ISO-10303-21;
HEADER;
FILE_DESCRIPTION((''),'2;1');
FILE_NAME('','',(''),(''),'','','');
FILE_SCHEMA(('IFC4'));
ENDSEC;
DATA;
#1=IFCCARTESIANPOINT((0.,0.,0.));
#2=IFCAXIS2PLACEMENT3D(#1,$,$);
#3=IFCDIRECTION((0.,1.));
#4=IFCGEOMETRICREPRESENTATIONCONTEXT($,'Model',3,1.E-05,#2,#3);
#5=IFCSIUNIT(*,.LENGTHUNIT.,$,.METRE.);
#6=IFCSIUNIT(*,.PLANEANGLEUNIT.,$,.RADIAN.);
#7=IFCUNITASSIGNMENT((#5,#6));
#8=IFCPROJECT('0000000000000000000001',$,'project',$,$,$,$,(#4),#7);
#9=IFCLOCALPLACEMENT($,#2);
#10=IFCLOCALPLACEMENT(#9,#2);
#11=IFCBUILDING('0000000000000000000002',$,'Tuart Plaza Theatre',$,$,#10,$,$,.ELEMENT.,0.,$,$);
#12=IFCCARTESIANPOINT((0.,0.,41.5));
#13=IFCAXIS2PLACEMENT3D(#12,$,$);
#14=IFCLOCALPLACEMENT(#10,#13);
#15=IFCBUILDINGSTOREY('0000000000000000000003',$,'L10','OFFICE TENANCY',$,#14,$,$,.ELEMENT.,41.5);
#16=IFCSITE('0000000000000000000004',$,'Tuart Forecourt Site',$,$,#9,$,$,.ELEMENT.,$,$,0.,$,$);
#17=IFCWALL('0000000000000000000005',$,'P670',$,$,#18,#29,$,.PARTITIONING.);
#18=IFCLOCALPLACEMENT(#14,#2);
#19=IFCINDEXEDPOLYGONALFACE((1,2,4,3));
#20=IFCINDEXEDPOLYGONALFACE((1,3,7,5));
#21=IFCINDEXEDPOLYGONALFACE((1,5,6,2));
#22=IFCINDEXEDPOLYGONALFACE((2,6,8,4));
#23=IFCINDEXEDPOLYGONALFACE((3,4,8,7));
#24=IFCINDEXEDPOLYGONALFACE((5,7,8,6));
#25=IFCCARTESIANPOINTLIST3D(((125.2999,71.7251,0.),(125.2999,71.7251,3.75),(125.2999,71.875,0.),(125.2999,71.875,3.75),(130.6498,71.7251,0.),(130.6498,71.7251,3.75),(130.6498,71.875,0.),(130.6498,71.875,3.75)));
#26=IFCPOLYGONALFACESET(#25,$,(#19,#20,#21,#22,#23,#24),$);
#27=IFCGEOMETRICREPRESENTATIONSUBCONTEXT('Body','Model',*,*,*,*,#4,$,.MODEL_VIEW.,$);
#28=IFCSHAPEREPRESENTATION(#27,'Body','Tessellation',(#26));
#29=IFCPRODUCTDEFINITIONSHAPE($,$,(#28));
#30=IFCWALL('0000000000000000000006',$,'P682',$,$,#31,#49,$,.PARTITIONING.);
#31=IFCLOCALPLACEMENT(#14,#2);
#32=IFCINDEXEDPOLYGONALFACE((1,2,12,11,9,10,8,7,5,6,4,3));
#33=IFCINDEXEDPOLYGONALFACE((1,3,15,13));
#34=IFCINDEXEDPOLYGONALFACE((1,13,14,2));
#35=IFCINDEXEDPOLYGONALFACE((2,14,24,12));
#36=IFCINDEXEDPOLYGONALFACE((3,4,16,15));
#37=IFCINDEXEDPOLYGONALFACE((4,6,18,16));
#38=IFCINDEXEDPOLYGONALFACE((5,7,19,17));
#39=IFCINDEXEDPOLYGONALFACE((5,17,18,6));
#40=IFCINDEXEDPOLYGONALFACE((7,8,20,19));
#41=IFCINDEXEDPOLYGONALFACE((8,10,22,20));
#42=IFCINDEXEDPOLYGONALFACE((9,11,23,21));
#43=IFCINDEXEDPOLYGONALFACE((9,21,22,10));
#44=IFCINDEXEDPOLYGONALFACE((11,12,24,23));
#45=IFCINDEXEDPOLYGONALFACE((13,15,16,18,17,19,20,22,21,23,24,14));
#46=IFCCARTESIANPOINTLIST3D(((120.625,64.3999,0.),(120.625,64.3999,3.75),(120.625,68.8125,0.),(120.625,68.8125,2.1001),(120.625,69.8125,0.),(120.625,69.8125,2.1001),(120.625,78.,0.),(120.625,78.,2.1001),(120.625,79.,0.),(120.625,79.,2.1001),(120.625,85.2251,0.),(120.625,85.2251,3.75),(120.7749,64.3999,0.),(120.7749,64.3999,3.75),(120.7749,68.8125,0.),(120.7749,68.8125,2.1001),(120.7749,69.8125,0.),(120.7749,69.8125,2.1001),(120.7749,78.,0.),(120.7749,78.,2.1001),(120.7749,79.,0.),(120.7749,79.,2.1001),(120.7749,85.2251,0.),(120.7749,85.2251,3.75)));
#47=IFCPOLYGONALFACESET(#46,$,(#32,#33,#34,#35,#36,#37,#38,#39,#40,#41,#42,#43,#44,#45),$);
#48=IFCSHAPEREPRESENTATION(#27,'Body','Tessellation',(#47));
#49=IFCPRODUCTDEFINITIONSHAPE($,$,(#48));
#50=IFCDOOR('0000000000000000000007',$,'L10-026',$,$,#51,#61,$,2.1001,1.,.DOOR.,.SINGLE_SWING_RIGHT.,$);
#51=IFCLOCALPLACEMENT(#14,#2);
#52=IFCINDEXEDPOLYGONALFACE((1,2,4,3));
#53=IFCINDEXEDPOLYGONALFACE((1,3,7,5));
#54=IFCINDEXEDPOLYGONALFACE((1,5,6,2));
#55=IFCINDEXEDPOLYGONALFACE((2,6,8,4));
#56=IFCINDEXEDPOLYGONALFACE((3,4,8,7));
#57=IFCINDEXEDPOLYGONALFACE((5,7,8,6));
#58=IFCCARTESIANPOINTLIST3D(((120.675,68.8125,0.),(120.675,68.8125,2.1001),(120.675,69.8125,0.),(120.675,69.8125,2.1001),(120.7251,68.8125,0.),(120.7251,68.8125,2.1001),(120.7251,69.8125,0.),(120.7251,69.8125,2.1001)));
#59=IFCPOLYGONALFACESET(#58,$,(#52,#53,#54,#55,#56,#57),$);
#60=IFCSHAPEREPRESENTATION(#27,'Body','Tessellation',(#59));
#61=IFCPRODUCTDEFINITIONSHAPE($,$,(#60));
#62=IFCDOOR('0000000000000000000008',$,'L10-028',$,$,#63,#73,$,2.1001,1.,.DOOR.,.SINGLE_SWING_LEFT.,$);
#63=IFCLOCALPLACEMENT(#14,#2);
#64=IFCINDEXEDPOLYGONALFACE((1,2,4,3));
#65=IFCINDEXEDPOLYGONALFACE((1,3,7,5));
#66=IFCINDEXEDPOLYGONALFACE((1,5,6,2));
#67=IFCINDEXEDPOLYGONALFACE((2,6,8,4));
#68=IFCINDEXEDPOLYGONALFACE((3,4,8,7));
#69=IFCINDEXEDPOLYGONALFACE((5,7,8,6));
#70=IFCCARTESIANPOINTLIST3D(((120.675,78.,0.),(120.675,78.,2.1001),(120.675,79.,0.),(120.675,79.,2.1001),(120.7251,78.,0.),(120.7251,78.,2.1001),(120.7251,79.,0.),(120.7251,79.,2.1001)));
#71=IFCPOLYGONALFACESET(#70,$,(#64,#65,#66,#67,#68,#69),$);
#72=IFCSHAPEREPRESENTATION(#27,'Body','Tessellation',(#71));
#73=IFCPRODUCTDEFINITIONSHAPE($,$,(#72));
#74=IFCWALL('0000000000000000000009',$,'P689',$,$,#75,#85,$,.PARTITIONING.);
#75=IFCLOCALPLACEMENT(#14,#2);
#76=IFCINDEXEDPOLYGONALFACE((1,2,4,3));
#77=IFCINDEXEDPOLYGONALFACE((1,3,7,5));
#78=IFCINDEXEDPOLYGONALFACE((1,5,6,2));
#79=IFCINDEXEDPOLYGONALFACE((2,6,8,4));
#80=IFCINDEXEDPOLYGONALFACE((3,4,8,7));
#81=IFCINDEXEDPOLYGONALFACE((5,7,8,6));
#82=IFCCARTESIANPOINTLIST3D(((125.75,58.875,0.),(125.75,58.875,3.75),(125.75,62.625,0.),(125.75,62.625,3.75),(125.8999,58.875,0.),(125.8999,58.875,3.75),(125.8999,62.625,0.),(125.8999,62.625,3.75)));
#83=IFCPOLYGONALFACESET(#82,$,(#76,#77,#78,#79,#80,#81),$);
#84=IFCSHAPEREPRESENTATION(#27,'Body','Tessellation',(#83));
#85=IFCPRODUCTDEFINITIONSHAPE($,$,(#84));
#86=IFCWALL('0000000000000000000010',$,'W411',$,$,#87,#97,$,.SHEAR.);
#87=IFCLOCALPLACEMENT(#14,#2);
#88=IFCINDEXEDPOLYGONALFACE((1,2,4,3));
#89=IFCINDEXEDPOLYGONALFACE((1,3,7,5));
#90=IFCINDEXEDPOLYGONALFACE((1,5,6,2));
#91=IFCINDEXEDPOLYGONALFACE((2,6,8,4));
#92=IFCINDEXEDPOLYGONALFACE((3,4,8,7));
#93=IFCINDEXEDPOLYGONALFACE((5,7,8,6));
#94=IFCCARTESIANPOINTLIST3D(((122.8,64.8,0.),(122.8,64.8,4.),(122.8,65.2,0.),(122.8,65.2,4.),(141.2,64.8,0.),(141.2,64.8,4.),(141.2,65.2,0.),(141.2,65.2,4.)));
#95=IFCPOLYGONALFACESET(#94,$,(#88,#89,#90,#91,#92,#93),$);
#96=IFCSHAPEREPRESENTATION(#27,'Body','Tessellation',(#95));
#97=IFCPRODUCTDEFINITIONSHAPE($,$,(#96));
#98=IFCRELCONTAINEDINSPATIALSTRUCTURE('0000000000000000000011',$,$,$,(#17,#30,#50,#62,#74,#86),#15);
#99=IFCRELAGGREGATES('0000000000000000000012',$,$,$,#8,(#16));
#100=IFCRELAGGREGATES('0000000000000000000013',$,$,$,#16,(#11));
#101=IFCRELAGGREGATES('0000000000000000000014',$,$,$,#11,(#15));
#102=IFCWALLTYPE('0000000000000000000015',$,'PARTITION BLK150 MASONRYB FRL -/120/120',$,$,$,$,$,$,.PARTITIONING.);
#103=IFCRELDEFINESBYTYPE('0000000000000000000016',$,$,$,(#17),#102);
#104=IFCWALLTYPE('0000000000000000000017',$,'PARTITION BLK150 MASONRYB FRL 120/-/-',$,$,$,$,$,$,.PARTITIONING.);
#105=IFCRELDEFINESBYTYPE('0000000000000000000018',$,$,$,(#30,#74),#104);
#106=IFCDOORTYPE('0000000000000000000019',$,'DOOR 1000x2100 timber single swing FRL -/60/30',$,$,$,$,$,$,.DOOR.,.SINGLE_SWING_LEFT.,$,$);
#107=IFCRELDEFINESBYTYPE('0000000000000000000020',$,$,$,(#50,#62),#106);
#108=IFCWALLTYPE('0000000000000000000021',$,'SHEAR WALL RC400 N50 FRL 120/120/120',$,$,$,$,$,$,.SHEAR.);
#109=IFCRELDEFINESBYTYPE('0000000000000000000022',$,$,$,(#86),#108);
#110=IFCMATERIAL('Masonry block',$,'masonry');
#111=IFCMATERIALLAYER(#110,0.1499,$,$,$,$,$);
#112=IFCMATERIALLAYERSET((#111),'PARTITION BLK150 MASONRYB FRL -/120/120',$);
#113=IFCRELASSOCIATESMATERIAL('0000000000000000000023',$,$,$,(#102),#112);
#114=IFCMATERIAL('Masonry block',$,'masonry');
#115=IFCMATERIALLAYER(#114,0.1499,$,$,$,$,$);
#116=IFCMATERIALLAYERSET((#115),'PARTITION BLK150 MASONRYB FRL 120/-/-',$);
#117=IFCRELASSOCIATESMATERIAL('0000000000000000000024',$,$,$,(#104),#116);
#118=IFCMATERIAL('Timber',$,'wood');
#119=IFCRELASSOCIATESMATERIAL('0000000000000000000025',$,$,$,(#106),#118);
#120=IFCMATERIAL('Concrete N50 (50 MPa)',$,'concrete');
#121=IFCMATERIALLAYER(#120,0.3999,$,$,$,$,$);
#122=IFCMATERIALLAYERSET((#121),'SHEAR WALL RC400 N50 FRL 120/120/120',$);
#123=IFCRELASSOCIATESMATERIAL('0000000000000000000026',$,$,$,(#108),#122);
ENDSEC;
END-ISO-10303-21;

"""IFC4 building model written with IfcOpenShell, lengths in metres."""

from ifc_helpers import new_model, si_unit, direction, frame, frame_2d, origin, place, context, subcontext, project, spatial, rectangle, extrude, material, layer, layer_set, type_object, element, fill, save


model = new_model("IFC4")

# Units and contexts
model_context = context("Model", 3, precision=1e-05, world=origin(), true_north=direction((0.0, 1.0)))
body_context = subcontext(model_context, "Body", "Model", "MODEL_VIEW")
ifc_project = project(units=[si_unit("LENGTHUNIT", "METRE"), si_unit("PLANEANGLEUNIT", "RADIAN")], contexts=[model_context])

# Site, building, storey
site_placement = place(None, origin())
site = spatial("IfcSite", under=ifc_project, at=site_placement, Name="Tuart Forecourt Site", CompositionType="ELEMENT", RefElevation=0.0)
building_placement = place(site_placement, origin())
building = spatial("IfcBuilding", under=site, at=building_placement, Name="Tuart Plaza Theatre", CompositionType="ELEMENT", ElevationOfRefHeight=0.0)
storey_placement = place(building_placement, frame((0.0, 0.0, 41.5)))
storey = spatial("IfcBuildingStorey", under=building, at=storey_placement, Name="L10", Description="OFFICE TENANCY", CompositionType="ELEMENT", Elevation=41.5)

# Shared definitions
ifc_material_1 = material(Name="Masonry block", Category="masonry")
ifc_layer_1 = layer(ifc_material_1, 0.1499)
ifc_layer_set_1 = layer_set([ifc_layer_1], Name="PARTITION BLK150 MASONRYB FRL -/120/120")
wall_type_1 = type_object("IfcWallType", Name="PARTITION BLK150 MASONRYB FRL -/120/120", PredefinedType="PARTITIONING", material=ifc_layer_set_1)

# Wall
wall_1_placement = place(storey_placement, frame((125.3, 71.8, 0.0), z_axis=(0.0, 0.0, 1.0), x_axis=(1.0, 0.0, 0.0)))
element("IfcWall", 1, at=wall_1_placement, inside=storey, type_object=wall_type_1, Name="P670", PredefinedType="PARTITIONING", context=body_context, shape_type="SweptSolid", body=[
    extrude(rectangle(XDim=5.3499, YDim=0.1499, at=frame_2d((2.6748, 0.0))), origin(), (0.0, 0.0, 1.0), 3.75),
])

# Wall, openings, doors
ifc_material_2 = material(Name="Masonry block", Category="masonry")
ifc_layer_2 = layer(ifc_material_2, 0.1499)
ifc_layer_set_2 = layer_set([ifc_layer_2], Name="PARTITION BLK150 MASONRYB FRL 120/-/-")
wall_type_2 = type_object("IfcWallType", Name="PARTITION BLK150 MASONRYB FRL 120/-/-", PredefinedType="PARTITIONING", material=ifc_layer_set_2)
wall_2_placement = place(storey_placement, frame((120.7, 64.3999, 0.0), z_axis=(0.0, 0.0, 1.0), x_axis=(0.0, 1.0, 0.0)))
wall_2 = element("IfcWall", 2, at=wall_2_placement, inside=storey, type_object=wall_type_2, Name="P682", PredefinedType="PARTITIONING", context=body_context, shape_type="SweptSolid", body=[
    extrude(rectangle(XDim=20.8252, YDim=0.1499, at=frame_2d((10.4126, 0.0))), origin(), (0.0, 0.0, 1.0), 3.75),
])
opening_1_placement = place(wall_2_placement, frame((4.4126, 0.0, 0.0)))
opening_1 = element("IfcOpeningElement", 3, at=opening_1_placement, cuts=wall_2, PredefinedType="OPENING", context=body_context, shape_type="SweptSolid", body=[
    extrude(rectangle(XDim=1.0, YDim=2.1001, at=frame_2d((0.5, 1.05))), frame((0.0, 0.085, 0.0), z_axis=(0.0, -1.0, 0.0), x_axis=(1.0, 0.0, 0.0)), (0.0, 0.0, 1.0), 0.1699),
])
opening_2_placement = place(wall_2_placement, frame((13.6001, 0.0, 0.0)))
opening_2 = element("IfcOpeningElement", 4, at=opening_2_placement, cuts=wall_2, PredefinedType="OPENING", context=body_context, shape_type="SweptSolid", body=[
    extrude(rectangle(XDim=1.0, YDim=2.1001, at=frame_2d((0.5, 1.05))), frame((0.0, 0.085, 0.0), z_axis=(0.0, -1.0, 0.0), x_axis=(1.0, 0.0, 0.0)), (0.0, 0.0, 1.0), 0.1699),
])
ifc_material_3 = material(Name="Timber", Category="wood")
door_type_1 = type_object("IfcDoorType", Name="DOOR 1000x2100 timber single swing FRL -/60/30", OperationType="SINGLE_SWING_LEFT", PredefinedType="DOOR", material=ifc_material_3)
door_1_placement = place(opening_1_placement, origin())
door_1 = element("IfcDoor", 5, at=door_1_placement, inside=storey, type_object=door_type_1, Name="L10-026", OperationType="SINGLE_SWING_RIGHT", OverallHeight=2.1001, OverallWidth=1.0, PredefinedType="DOOR", context=body_context, shape_type="SweptSolid", body=[
    extrude(rectangle(XDim=1.0, YDim=2.1001, at=frame_2d((0.5, 1.05))), frame((0.0, 0.0249, 0.0), z_axis=(0.0, -1.0, 0.0), x_axis=(1.0, 0.0, 0.0)), (0.0, 0.0, 1.0), 0.05),
])
fill(opening_1, door_1)
door_2_placement = place(opening_2_placement, origin())
door_2 = element("IfcDoor", 6, at=door_2_placement, inside=storey, type_object=door_type_1, Name="L10-028", OperationType="SINGLE_SWING_LEFT", OverallHeight=2.1001, OverallWidth=1.0, PredefinedType="DOOR", context=body_context, shape_type="SweptSolid", body=[
    extrude(rectangle(XDim=1.0, YDim=2.1001, at=frame_2d((0.5, 1.05))), frame((0.0, 0.0249, 0.0), z_axis=(0.0, -1.0, 0.0), x_axis=(1.0, 0.0, 0.0)), (0.0, 0.0, 1.0), 0.05),
])
fill(opening_2, door_2)

# Walls
wall_3_placement = place(storey_placement, frame((125.825, 62.625, 0.0), z_axis=(0.0, 0.0, 1.0), x_axis=(0.0, -1.0, 0.0)))
element("IfcWall", 7, at=wall_3_placement, inside=storey, type_object=wall_type_2, Name="P689", PredefinedType="PARTITIONING", context=body_context, shape_type="SweptSolid", body=[
    extrude(rectangle(XDim=3.75, YDim=0.1499, at=frame_2d((1.875, 0.0))), origin(), (0.0, 0.0, 1.0), 3.75),
])
ifc_material_4 = material(Name="Concrete N50 (50 MPa)", Category="concrete")
ifc_layer_3 = layer(ifc_material_4, 0.3999)
ifc_layer_set_3 = layer_set([ifc_layer_3], Name="SHEAR WALL RC400 N50 FRL 120/120/120")
wall_type_3 = type_object("IfcWallType", Name="SHEAR WALL RC400 N50 FRL 120/120/120", PredefinedType="SHEAR", material=ifc_layer_set_3)
wall_4_placement = place(storey_placement, frame((122.8, 65.0, 0.0), z_axis=(0.0, 0.0, 1.0), x_axis=(1.0, 0.0, 0.0)))
element("IfcWall", 8, at=wall_4_placement, inside=storey, type_object=wall_type_3, Name="W411", PredefinedType="SHEAR", context=body_context, shape_type="SweptSolid", body=[
    extrude(rectangle(XDim=18.3999, YDim=0.3999, at=frame_2d((9.2, 0.0))), origin(), (0.0, 0.0, 1.0), 4.0),
])

save(model, "model.ifc")
